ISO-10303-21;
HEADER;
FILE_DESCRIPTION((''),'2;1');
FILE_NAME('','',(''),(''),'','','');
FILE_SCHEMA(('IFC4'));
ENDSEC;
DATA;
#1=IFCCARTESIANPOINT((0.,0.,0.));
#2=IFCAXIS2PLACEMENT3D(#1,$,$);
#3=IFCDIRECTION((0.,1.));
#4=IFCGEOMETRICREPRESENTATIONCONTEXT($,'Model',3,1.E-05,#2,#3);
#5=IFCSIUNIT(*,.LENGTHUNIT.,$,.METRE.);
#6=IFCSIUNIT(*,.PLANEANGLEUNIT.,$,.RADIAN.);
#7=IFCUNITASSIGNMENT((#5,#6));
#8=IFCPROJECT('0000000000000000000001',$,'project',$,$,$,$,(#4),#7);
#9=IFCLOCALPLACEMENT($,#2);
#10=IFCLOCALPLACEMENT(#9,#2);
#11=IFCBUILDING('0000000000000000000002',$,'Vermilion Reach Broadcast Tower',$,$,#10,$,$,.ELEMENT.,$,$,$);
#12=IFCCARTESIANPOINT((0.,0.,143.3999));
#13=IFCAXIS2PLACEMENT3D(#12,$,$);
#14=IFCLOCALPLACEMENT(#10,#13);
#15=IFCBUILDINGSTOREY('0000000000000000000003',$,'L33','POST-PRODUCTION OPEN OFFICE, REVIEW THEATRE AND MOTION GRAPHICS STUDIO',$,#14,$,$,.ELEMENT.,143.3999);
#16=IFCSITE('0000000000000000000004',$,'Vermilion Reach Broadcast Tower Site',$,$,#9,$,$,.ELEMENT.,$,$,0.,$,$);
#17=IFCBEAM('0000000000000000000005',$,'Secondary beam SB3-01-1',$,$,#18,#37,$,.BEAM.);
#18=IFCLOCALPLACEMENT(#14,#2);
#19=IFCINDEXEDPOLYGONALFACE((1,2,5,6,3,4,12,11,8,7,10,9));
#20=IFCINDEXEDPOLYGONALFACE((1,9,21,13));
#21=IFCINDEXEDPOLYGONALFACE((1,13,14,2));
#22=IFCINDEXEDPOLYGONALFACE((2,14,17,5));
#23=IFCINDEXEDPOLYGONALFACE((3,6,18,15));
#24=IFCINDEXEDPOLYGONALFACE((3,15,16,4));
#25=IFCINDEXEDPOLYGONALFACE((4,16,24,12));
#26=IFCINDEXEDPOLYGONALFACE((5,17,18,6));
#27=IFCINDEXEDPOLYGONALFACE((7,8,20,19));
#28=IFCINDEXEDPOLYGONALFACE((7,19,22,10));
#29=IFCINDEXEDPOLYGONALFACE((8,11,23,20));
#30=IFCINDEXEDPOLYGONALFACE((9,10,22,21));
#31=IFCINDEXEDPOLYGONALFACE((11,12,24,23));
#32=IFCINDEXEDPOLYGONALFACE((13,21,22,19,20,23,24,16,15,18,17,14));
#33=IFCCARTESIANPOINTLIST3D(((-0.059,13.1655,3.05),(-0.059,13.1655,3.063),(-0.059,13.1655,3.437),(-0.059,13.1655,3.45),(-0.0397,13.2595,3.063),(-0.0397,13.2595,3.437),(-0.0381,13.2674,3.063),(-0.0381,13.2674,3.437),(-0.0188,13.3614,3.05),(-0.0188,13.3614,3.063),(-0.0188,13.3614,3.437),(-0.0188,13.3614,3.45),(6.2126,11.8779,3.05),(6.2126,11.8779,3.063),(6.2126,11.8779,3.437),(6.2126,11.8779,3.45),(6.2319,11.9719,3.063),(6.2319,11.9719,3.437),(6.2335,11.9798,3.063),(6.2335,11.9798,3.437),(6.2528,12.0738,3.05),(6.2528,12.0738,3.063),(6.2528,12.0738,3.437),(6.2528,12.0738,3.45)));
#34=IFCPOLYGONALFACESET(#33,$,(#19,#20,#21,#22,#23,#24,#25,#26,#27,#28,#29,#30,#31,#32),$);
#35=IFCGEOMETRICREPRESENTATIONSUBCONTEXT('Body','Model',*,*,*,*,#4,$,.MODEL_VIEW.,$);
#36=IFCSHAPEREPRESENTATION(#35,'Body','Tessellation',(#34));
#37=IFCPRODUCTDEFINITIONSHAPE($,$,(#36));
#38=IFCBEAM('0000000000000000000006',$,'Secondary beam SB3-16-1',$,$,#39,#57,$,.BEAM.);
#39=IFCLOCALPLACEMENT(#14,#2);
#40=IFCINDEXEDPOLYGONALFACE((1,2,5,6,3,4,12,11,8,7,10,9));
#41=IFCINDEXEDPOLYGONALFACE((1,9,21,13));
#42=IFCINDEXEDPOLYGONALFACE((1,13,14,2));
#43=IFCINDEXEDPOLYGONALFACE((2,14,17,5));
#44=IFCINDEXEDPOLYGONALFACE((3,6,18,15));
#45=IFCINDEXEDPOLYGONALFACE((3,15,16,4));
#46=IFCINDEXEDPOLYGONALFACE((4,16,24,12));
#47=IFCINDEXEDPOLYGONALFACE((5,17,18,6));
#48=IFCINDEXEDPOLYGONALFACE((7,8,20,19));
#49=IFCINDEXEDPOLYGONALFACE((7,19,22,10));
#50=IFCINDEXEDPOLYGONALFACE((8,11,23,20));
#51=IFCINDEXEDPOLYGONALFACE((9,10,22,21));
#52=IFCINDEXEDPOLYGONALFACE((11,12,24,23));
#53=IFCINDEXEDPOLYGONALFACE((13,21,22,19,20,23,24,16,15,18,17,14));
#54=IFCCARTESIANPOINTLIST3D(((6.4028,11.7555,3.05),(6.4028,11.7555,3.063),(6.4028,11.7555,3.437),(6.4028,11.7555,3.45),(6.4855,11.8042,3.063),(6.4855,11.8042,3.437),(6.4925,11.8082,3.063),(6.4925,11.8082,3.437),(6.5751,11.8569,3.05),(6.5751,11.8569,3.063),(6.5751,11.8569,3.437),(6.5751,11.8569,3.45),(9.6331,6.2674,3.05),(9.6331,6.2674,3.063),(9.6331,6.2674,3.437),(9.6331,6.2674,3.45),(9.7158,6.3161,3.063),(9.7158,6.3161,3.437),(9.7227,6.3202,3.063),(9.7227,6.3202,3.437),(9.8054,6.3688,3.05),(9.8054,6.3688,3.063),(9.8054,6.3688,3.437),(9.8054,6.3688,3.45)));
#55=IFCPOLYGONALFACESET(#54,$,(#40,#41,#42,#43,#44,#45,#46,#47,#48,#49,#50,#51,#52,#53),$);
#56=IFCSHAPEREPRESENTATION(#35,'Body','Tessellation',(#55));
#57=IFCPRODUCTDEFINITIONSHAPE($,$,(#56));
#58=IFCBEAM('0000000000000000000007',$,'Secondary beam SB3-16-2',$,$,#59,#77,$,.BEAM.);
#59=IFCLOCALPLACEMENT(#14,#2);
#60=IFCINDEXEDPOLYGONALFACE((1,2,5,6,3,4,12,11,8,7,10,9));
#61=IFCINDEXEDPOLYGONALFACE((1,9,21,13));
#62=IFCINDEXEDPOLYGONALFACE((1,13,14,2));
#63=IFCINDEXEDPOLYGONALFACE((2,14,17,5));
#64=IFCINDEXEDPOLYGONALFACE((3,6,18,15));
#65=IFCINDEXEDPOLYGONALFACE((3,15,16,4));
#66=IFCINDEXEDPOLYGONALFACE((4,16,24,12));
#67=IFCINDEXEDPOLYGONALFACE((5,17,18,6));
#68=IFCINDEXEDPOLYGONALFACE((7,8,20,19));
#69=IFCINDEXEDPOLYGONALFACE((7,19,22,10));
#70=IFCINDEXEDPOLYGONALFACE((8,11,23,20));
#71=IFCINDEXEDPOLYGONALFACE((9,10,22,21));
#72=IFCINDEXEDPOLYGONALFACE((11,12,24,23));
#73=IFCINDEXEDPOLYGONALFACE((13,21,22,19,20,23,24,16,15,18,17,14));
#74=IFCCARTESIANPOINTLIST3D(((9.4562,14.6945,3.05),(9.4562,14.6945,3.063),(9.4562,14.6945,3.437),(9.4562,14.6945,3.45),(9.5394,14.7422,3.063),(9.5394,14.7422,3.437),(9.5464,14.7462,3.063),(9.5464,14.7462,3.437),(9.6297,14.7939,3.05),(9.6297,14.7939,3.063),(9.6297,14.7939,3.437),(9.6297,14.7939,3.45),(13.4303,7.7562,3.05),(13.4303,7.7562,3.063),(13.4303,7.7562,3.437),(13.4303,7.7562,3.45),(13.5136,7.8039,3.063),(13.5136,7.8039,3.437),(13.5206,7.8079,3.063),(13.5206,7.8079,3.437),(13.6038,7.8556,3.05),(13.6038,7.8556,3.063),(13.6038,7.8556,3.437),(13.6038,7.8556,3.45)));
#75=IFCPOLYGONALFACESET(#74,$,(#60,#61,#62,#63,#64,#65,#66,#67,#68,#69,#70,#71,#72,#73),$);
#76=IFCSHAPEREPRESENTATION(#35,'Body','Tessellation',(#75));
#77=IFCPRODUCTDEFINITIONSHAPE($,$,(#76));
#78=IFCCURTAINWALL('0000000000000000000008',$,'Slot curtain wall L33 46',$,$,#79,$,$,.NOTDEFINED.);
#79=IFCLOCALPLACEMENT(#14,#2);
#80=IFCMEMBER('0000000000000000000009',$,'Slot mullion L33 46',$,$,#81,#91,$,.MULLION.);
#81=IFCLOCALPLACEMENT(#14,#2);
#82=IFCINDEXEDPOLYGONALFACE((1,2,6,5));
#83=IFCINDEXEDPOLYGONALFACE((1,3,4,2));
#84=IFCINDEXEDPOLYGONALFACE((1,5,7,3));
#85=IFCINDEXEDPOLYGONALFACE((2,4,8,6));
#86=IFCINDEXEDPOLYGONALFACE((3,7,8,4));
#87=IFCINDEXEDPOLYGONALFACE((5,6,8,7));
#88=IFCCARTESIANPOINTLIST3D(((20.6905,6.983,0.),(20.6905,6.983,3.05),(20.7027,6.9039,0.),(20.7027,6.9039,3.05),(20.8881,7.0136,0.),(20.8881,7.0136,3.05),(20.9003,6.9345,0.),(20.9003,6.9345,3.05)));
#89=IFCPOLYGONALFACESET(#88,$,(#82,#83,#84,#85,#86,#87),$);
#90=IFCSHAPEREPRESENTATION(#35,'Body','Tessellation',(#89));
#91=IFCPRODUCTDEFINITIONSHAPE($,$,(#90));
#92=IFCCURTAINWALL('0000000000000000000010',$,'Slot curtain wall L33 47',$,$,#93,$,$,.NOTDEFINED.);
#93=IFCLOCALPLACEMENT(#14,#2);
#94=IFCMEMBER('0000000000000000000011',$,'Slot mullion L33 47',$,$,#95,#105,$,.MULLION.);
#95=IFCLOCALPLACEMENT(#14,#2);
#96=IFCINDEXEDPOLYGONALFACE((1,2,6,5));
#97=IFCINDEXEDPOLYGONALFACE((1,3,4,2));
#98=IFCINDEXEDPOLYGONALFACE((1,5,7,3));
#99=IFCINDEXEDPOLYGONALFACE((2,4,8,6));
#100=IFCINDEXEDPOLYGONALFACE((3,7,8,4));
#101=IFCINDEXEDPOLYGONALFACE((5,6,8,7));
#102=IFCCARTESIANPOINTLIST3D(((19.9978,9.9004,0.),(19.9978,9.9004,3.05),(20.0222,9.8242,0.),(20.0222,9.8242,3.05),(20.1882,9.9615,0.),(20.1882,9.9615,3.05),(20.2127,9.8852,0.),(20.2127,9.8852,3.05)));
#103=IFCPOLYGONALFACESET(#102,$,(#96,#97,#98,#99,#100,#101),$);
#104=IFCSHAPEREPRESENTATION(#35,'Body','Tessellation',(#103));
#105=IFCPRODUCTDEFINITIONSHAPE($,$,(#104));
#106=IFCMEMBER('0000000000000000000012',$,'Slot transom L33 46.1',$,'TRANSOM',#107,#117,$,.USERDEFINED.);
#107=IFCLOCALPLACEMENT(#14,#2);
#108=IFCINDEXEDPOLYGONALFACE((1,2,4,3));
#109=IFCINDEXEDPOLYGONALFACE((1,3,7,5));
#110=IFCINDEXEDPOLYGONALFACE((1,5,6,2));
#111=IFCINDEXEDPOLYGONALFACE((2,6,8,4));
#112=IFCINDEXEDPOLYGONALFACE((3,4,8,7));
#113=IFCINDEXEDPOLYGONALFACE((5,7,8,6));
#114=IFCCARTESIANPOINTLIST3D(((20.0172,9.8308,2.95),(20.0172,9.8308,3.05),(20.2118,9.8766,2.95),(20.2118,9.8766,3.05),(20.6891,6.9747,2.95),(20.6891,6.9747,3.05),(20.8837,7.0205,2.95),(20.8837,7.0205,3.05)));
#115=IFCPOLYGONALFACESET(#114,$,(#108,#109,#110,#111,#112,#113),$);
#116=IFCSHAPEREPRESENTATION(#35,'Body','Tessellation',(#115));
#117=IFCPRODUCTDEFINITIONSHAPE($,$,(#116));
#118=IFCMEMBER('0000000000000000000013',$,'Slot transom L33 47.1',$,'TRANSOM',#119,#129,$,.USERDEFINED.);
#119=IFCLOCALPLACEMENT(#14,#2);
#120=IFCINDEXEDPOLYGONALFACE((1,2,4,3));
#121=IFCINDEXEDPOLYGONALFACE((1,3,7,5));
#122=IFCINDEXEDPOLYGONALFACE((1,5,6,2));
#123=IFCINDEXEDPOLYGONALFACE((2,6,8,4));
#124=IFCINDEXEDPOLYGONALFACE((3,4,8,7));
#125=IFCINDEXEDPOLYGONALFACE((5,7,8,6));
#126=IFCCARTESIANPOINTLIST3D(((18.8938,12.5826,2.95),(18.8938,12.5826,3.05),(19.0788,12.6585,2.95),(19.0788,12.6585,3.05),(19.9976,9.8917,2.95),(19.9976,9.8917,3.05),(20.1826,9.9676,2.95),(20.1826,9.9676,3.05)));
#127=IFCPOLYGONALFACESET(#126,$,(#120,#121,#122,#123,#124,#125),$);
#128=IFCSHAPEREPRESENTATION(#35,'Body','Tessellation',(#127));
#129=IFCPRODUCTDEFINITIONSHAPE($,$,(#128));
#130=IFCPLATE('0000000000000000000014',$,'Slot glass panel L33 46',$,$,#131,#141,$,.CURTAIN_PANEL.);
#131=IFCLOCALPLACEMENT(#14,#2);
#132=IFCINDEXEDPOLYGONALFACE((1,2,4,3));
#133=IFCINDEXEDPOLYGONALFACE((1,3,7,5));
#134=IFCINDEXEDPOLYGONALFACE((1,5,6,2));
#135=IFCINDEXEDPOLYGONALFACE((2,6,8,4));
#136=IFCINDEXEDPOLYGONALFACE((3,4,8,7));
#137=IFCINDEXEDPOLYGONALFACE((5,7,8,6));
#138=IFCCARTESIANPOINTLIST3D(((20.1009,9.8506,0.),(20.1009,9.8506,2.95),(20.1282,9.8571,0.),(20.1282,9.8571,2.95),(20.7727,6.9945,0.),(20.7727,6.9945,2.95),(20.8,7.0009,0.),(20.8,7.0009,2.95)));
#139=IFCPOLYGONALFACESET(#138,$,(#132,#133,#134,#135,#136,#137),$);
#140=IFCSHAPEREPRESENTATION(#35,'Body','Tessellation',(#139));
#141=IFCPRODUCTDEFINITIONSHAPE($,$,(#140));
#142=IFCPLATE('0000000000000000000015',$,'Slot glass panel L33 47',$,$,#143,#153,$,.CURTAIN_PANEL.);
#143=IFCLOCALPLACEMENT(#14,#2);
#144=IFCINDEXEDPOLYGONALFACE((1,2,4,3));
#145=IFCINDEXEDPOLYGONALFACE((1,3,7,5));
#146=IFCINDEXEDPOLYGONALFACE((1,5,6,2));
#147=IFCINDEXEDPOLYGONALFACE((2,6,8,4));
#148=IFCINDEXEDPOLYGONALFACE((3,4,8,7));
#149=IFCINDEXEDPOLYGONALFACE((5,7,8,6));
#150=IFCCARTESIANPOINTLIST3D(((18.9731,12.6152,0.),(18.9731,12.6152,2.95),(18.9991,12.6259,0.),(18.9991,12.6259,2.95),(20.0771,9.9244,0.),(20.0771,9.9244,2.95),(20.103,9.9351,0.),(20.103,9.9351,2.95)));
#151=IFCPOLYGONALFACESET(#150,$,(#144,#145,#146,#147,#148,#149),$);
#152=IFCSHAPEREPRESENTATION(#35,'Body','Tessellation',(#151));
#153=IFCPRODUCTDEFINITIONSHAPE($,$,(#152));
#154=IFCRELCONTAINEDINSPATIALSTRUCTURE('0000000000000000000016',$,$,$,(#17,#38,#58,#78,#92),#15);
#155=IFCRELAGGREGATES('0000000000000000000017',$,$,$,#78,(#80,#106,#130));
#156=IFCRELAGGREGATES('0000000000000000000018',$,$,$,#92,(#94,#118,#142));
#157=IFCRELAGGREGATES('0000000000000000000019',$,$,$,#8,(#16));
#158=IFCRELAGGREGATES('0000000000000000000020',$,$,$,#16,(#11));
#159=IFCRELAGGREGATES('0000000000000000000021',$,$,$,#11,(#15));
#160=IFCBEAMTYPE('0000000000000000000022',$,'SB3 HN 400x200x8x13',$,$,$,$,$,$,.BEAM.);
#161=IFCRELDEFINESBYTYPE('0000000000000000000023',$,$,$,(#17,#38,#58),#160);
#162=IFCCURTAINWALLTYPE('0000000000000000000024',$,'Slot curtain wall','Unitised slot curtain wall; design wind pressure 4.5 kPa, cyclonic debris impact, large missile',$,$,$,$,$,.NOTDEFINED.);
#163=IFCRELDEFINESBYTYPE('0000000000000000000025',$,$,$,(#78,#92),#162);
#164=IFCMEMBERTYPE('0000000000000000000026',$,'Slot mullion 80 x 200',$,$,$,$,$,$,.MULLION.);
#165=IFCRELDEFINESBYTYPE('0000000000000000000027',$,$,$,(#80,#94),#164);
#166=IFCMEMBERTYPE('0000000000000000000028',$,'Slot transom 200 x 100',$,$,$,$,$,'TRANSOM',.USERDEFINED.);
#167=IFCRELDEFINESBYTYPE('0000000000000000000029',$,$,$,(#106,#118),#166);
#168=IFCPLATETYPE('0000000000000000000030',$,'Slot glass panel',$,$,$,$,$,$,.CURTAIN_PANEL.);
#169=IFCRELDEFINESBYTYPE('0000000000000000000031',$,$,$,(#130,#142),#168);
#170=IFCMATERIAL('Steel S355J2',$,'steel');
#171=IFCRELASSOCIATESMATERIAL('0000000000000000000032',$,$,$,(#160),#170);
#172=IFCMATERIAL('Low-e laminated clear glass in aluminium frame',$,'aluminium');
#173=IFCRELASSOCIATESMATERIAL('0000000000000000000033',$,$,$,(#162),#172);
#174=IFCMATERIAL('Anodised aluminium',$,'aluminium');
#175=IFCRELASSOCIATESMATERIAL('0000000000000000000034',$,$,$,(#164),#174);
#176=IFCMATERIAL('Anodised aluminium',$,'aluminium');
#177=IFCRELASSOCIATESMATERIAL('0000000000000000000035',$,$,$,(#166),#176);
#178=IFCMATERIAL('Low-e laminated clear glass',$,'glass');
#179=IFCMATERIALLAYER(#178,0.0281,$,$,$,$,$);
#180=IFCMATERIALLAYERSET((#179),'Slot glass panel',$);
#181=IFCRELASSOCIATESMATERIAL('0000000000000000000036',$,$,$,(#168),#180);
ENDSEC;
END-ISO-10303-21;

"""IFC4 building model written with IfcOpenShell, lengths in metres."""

from ifc_helpers import new_model, si_unit, direction, frame, origin, origin_2d, place, context, subcontext, project, spatial, rectangle, i_section, extrude, material, layer, layer_set, material_profile, profile_set, type_object, element, aggregate, save


model = new_model("IFC4")

# Units and contexts
model_context = context("Model", 3, precision=1e-05, world=origin(), true_north=direction((0.0, 1.0)))
body_context = subcontext(model_context, "Body", "Model", "MODEL_VIEW")
ifc_project = project(units=[si_unit("LENGTHUNIT", "METRE"), si_unit("PLANEANGLEUNIT", "RADIAN")], contexts=[model_context])

# Site, building, storey
site_placement = place(None, origin())
site = spatial("IfcSite", under=ifc_project, at=site_placement, Name="Vermilion Reach Broadcast Tower Site", CompositionType="ELEMENT", RefElevation=0.0)
building_placement = place(site_placement, origin())
building = spatial("IfcBuilding", under=site, at=building_placement, Name="Vermilion Reach Broadcast Tower", CompositionType="ELEMENT")
storey_placement = place(building_placement, frame((0.0, 0.0, 143.3999)))
storey = spatial("IfcBuildingStorey", under=building, at=storey_placement, Name="L33", Description="POST-PRODUCTION OPEN OFFICE, REVIEW THEATRE AND MOTION GRAPHICS STUDIO", CompositionType="ELEMENT", Elevation=143.3999)

# Beams
ifc_material_1 = material(Name="Steel S355J2", Category="steel")
ifc_material_profile_1 = material_profile(ifc_material_1, i_section(OverallWidth=0.2, OverallDepth=0.3999, WebThickness=0.0081, FlangeThickness=0.0129, at=origin_2d()), Name="S355J2 HN 400x200x8x13")
ifc_profile_set_1 = profile_set([ifc_material_profile_1], Name="Steel S355J2")
beam_type_1 = type_object("IfcBeamType", Name="SB3 HN 400x200x8x13", PredefinedType="BEAM", material=ifc_profile_set_1)
beam_1_placement = place(storey_placement, frame((6.2327, 11.9758, 3.25), z_axis=(-0.979568, 0.201115, 0.0), x_axis=(-0.201115, -0.979568, 0.0)))
element("IfcBeam", 1, at=beam_1_placement, inside=storey, type_object=beam_type_1, Name="Secondary beam SB3-01-1", PredefinedType="BEAM", context=body_context, shape_type="SweptSolid", body=[
    extrude(i_section(OverallWidth=0.2, OverallDepth=0.3999, WebThickness=0.0081, FlangeThickness=0.0129, at=origin_2d()), origin(), (0.0, 0.0, 1.0), 6.4023),
])
beam_2_placement = place(storey_placement, frame((9.7192, 6.3181, 3.25), z_axis=(-0.50725, 0.861799, 0.0), x_axis=(-0.861799, -0.50725, 0.0)))
element("IfcBeam", 2, at=beam_2_placement, inside=storey, type_object=beam_type_1, Name="Secondary beam SB3-16-1", PredefinedType="BEAM", context=body_context, shape_type="SweptSolid", body=[
    extrude(i_section(OverallWidth=0.2, OverallDepth=0.3999, WebThickness=0.0081, FlangeThickness=0.0129, at=origin_2d()), origin(), (0.0, 0.0, 1.0), 6.3682),
])
beam_3_placement = place(storey_placement, frame((13.5171, 7.8059, 3.25), z_axis=(-0.497027, 0.867735, 0.0), x_axis=(-0.867735, -0.497027, 0.0)))
element("IfcBeam", 3, at=beam_3_placement, inside=storey, type_object=beam_type_1, Name="Secondary beam SB3-16-2", PredefinedType="BEAM", context=body_context, shape_type="SweptSolid", body=[
    extrude(i_section(OverallWidth=0.2, OverallDepth=0.3999, WebThickness=0.0081, FlangeThickness=0.0129, at=origin_2d()), origin(), (0.0, 0.0, 1.0), 7.9958),
])

# Curtain walls, members
ifc_material_2 = material(Name="Low-e laminated clear glass in aluminium frame", Category="aluminium")
curtain_wall_type = type_object("IfcCurtainWallType", Name="Slot curtain wall", Description="Unitised slot curtain wall; design wind pressure 4.5 kPa, cyclonic debris impact, large missile", PredefinedType="NOTDEFINED", material=ifc_material_2)
placement = place(storey_placement, origin())
curtain_wall_1 = element("IfcCurtainWall", 4, at=placement, inside=storey, type_object=curtain_wall_type, Name="Slot curtain wall L33 46", PredefinedType="NOTDEFINED")
ifc_material_3 = material(Name="Anodised aluminium", Category="aluminium")
ifc_material_profile_2 = material_profile(ifc_material_3, rectangle(XDim=0.2, YDim=0.0801, at=origin_2d()), Name="Slot mullion 80 x 200")
ifc_profile_set_2 = profile_set([ifc_material_profile_2], Name="Anodised aluminium")
member_type_1 = type_object("IfcMemberType", Name="Slot mullion 80 x 200", PredefinedType="MULLION", material=ifc_profile_set_2)
member_1_placement = place(storey_placement, frame((20.7954, 6.9587, 0.0), z_axis=(0.0, 0.0, 1.0), x_axis=(-0.988211, -0.153099, 0.0)))
member_1 = element("IfcMember", 5, at=member_1_placement, type_object=member_type_1, Name="Slot mullion L33 46", PredefinedType="MULLION", context=body_context, shape_type="SweptSolid", body=[
    extrude(rectangle(XDim=0.2, YDim=0.0801, at=origin_2d()), origin(), (0.0, 0.0, 1.0), 3.05),
])
curtain_wall_2 = element("IfcCurtainWall", 6, at=placement, inside=storey, type_object=curtain_wall_type, Name="Slot curtain wall L33 47", PredefinedType="NOTDEFINED")
member_2_placement = place(storey_placement, frame((20.1052, 9.8928, 0.0), z_axis=(0.0, 0.0, 1.0), x_axis=(-0.952283, -0.305215, 0.0)))
member_2 = element("IfcMember", 7, at=member_2_placement, type_object=member_type_1, Name="Slot mullion L33 47", PredefinedType="MULLION", context=body_context, shape_type="SweptSolid", body=[
    extrude(rectangle(XDim=0.2, YDim=0.0801, at=origin_2d()), origin(), (0.0, 0.0, 1.0), 3.05),
])

# Members
ifc_material_4 = material(Name="Anodised aluminium", Category="aluminium")
ifc_material_profile_3 = material_profile(ifc_material_4, rectangle(XDim=0.2, YDim=0.1001, at=origin_2d()), Name="Slot transom 200 x 100")
ifc_profile_set_3 = profile_set([ifc_material_profile_3], Name="Anodised aluminium")
member_type_2 = type_object("IfcMemberType", Name="Slot transom 200 x 100", ElementType="TRANSOM", PredefinedType="USERDEFINED", material=ifc_profile_set_3)
member_3_placement = place(storey_placement, frame((20.7864, 6.9976, 3.0), z_axis=(-0.228984, 0.97343, 0.0), x_axis=(-0.97343, -0.228984, 0.0)))
member_3 = element("IfcMember", 8, at=member_3_placement, type_object=member_type_2, Name="Slot transom L33 46.1", ObjectType="TRANSOM", PredefinedType="USERDEFINED", context=body_context, shape_type="SweptSolid", body=[
    extrude(rectangle(XDim=0.2, YDim=0.1001, at=origin_2d()), origin(), (0.0, 0.0, 1.0), 2.9341),
])
member_4_placement = place(storey_placement, frame((20.0901, 9.9297, 3.0), z_axis=(-0.379496, 0.925194, 0.0), x_axis=(-0.925194, -0.379496, 0.0)))
member_4 = element("IfcMember", 9, at=member_4_placement, type_object=member_type_2, Name="Slot transom L33 47.1", ObjectType="TRANSOM", PredefinedType="USERDEFINED", context=body_context, shape_type="SweptSolid", body=[
    extrude(rectangle(XDim=0.2, YDim=0.1001, at=origin_2d()), origin(), (0.0, 0.0, 1.0), 2.9084),
])

# Plates
ifc_material_5 = material(Name="Low-e laminated clear glass", Category="glass")
ifc_layer_1 = layer(ifc_material_5, 0.0281)
ifc_layer_set_1 = layer_set([ifc_layer_1], Name="Slot glass panel")
plate_type = type_object("IfcPlateType", Name="Slot glass panel", PredefinedType="CURTAIN_PANEL", material=ifc_layer_set_1)
plate_1_placement = place(storey_placement, frame((20.4504, 8.4258, 0.0), z_axis=(0.0, 0.0, 1.0), x_axis=(-0.228953, 0.973437, 0.0)))
plate_1 = element("IfcPlate", 10, at=plate_1_placement, type_object=plate_type, Name="Slot glass panel L33 46", PredefinedType="CURTAIN_PANEL", context=body_context, shape_type="SweptSolid", body=[
    extrude(rectangle(XDim=2.9341, YDim=0.0281, at=origin_2d()), origin(), (0.0, 0.0, 1.0), 2.95),
])
aggregate(curtain_wall_1, [member_1, member_3, plate_1])
plate_2_placement = place(storey_placement, frame((19.5381, 11.2751, 0.0), z_axis=(0.0, 0.0, 1.0), x_axis=(-0.379565, 0.925165, 0.0)))
plate_2 = element("IfcPlate", 11, at=plate_2_placement, type_object=plate_type, Name="Slot glass panel L33 47", PredefinedType="CURTAIN_PANEL", context=body_context, shape_type="SweptSolid", body=[
    extrude(rectangle(XDim=2.9084, YDim=0.0281, at=origin_2d()), origin(), (0.0, 0.0, 1.0), 2.95),
])
aggregate(curtain_wall_2, [member_2, member_4, plate_2])

save(model, "model.ifc")
